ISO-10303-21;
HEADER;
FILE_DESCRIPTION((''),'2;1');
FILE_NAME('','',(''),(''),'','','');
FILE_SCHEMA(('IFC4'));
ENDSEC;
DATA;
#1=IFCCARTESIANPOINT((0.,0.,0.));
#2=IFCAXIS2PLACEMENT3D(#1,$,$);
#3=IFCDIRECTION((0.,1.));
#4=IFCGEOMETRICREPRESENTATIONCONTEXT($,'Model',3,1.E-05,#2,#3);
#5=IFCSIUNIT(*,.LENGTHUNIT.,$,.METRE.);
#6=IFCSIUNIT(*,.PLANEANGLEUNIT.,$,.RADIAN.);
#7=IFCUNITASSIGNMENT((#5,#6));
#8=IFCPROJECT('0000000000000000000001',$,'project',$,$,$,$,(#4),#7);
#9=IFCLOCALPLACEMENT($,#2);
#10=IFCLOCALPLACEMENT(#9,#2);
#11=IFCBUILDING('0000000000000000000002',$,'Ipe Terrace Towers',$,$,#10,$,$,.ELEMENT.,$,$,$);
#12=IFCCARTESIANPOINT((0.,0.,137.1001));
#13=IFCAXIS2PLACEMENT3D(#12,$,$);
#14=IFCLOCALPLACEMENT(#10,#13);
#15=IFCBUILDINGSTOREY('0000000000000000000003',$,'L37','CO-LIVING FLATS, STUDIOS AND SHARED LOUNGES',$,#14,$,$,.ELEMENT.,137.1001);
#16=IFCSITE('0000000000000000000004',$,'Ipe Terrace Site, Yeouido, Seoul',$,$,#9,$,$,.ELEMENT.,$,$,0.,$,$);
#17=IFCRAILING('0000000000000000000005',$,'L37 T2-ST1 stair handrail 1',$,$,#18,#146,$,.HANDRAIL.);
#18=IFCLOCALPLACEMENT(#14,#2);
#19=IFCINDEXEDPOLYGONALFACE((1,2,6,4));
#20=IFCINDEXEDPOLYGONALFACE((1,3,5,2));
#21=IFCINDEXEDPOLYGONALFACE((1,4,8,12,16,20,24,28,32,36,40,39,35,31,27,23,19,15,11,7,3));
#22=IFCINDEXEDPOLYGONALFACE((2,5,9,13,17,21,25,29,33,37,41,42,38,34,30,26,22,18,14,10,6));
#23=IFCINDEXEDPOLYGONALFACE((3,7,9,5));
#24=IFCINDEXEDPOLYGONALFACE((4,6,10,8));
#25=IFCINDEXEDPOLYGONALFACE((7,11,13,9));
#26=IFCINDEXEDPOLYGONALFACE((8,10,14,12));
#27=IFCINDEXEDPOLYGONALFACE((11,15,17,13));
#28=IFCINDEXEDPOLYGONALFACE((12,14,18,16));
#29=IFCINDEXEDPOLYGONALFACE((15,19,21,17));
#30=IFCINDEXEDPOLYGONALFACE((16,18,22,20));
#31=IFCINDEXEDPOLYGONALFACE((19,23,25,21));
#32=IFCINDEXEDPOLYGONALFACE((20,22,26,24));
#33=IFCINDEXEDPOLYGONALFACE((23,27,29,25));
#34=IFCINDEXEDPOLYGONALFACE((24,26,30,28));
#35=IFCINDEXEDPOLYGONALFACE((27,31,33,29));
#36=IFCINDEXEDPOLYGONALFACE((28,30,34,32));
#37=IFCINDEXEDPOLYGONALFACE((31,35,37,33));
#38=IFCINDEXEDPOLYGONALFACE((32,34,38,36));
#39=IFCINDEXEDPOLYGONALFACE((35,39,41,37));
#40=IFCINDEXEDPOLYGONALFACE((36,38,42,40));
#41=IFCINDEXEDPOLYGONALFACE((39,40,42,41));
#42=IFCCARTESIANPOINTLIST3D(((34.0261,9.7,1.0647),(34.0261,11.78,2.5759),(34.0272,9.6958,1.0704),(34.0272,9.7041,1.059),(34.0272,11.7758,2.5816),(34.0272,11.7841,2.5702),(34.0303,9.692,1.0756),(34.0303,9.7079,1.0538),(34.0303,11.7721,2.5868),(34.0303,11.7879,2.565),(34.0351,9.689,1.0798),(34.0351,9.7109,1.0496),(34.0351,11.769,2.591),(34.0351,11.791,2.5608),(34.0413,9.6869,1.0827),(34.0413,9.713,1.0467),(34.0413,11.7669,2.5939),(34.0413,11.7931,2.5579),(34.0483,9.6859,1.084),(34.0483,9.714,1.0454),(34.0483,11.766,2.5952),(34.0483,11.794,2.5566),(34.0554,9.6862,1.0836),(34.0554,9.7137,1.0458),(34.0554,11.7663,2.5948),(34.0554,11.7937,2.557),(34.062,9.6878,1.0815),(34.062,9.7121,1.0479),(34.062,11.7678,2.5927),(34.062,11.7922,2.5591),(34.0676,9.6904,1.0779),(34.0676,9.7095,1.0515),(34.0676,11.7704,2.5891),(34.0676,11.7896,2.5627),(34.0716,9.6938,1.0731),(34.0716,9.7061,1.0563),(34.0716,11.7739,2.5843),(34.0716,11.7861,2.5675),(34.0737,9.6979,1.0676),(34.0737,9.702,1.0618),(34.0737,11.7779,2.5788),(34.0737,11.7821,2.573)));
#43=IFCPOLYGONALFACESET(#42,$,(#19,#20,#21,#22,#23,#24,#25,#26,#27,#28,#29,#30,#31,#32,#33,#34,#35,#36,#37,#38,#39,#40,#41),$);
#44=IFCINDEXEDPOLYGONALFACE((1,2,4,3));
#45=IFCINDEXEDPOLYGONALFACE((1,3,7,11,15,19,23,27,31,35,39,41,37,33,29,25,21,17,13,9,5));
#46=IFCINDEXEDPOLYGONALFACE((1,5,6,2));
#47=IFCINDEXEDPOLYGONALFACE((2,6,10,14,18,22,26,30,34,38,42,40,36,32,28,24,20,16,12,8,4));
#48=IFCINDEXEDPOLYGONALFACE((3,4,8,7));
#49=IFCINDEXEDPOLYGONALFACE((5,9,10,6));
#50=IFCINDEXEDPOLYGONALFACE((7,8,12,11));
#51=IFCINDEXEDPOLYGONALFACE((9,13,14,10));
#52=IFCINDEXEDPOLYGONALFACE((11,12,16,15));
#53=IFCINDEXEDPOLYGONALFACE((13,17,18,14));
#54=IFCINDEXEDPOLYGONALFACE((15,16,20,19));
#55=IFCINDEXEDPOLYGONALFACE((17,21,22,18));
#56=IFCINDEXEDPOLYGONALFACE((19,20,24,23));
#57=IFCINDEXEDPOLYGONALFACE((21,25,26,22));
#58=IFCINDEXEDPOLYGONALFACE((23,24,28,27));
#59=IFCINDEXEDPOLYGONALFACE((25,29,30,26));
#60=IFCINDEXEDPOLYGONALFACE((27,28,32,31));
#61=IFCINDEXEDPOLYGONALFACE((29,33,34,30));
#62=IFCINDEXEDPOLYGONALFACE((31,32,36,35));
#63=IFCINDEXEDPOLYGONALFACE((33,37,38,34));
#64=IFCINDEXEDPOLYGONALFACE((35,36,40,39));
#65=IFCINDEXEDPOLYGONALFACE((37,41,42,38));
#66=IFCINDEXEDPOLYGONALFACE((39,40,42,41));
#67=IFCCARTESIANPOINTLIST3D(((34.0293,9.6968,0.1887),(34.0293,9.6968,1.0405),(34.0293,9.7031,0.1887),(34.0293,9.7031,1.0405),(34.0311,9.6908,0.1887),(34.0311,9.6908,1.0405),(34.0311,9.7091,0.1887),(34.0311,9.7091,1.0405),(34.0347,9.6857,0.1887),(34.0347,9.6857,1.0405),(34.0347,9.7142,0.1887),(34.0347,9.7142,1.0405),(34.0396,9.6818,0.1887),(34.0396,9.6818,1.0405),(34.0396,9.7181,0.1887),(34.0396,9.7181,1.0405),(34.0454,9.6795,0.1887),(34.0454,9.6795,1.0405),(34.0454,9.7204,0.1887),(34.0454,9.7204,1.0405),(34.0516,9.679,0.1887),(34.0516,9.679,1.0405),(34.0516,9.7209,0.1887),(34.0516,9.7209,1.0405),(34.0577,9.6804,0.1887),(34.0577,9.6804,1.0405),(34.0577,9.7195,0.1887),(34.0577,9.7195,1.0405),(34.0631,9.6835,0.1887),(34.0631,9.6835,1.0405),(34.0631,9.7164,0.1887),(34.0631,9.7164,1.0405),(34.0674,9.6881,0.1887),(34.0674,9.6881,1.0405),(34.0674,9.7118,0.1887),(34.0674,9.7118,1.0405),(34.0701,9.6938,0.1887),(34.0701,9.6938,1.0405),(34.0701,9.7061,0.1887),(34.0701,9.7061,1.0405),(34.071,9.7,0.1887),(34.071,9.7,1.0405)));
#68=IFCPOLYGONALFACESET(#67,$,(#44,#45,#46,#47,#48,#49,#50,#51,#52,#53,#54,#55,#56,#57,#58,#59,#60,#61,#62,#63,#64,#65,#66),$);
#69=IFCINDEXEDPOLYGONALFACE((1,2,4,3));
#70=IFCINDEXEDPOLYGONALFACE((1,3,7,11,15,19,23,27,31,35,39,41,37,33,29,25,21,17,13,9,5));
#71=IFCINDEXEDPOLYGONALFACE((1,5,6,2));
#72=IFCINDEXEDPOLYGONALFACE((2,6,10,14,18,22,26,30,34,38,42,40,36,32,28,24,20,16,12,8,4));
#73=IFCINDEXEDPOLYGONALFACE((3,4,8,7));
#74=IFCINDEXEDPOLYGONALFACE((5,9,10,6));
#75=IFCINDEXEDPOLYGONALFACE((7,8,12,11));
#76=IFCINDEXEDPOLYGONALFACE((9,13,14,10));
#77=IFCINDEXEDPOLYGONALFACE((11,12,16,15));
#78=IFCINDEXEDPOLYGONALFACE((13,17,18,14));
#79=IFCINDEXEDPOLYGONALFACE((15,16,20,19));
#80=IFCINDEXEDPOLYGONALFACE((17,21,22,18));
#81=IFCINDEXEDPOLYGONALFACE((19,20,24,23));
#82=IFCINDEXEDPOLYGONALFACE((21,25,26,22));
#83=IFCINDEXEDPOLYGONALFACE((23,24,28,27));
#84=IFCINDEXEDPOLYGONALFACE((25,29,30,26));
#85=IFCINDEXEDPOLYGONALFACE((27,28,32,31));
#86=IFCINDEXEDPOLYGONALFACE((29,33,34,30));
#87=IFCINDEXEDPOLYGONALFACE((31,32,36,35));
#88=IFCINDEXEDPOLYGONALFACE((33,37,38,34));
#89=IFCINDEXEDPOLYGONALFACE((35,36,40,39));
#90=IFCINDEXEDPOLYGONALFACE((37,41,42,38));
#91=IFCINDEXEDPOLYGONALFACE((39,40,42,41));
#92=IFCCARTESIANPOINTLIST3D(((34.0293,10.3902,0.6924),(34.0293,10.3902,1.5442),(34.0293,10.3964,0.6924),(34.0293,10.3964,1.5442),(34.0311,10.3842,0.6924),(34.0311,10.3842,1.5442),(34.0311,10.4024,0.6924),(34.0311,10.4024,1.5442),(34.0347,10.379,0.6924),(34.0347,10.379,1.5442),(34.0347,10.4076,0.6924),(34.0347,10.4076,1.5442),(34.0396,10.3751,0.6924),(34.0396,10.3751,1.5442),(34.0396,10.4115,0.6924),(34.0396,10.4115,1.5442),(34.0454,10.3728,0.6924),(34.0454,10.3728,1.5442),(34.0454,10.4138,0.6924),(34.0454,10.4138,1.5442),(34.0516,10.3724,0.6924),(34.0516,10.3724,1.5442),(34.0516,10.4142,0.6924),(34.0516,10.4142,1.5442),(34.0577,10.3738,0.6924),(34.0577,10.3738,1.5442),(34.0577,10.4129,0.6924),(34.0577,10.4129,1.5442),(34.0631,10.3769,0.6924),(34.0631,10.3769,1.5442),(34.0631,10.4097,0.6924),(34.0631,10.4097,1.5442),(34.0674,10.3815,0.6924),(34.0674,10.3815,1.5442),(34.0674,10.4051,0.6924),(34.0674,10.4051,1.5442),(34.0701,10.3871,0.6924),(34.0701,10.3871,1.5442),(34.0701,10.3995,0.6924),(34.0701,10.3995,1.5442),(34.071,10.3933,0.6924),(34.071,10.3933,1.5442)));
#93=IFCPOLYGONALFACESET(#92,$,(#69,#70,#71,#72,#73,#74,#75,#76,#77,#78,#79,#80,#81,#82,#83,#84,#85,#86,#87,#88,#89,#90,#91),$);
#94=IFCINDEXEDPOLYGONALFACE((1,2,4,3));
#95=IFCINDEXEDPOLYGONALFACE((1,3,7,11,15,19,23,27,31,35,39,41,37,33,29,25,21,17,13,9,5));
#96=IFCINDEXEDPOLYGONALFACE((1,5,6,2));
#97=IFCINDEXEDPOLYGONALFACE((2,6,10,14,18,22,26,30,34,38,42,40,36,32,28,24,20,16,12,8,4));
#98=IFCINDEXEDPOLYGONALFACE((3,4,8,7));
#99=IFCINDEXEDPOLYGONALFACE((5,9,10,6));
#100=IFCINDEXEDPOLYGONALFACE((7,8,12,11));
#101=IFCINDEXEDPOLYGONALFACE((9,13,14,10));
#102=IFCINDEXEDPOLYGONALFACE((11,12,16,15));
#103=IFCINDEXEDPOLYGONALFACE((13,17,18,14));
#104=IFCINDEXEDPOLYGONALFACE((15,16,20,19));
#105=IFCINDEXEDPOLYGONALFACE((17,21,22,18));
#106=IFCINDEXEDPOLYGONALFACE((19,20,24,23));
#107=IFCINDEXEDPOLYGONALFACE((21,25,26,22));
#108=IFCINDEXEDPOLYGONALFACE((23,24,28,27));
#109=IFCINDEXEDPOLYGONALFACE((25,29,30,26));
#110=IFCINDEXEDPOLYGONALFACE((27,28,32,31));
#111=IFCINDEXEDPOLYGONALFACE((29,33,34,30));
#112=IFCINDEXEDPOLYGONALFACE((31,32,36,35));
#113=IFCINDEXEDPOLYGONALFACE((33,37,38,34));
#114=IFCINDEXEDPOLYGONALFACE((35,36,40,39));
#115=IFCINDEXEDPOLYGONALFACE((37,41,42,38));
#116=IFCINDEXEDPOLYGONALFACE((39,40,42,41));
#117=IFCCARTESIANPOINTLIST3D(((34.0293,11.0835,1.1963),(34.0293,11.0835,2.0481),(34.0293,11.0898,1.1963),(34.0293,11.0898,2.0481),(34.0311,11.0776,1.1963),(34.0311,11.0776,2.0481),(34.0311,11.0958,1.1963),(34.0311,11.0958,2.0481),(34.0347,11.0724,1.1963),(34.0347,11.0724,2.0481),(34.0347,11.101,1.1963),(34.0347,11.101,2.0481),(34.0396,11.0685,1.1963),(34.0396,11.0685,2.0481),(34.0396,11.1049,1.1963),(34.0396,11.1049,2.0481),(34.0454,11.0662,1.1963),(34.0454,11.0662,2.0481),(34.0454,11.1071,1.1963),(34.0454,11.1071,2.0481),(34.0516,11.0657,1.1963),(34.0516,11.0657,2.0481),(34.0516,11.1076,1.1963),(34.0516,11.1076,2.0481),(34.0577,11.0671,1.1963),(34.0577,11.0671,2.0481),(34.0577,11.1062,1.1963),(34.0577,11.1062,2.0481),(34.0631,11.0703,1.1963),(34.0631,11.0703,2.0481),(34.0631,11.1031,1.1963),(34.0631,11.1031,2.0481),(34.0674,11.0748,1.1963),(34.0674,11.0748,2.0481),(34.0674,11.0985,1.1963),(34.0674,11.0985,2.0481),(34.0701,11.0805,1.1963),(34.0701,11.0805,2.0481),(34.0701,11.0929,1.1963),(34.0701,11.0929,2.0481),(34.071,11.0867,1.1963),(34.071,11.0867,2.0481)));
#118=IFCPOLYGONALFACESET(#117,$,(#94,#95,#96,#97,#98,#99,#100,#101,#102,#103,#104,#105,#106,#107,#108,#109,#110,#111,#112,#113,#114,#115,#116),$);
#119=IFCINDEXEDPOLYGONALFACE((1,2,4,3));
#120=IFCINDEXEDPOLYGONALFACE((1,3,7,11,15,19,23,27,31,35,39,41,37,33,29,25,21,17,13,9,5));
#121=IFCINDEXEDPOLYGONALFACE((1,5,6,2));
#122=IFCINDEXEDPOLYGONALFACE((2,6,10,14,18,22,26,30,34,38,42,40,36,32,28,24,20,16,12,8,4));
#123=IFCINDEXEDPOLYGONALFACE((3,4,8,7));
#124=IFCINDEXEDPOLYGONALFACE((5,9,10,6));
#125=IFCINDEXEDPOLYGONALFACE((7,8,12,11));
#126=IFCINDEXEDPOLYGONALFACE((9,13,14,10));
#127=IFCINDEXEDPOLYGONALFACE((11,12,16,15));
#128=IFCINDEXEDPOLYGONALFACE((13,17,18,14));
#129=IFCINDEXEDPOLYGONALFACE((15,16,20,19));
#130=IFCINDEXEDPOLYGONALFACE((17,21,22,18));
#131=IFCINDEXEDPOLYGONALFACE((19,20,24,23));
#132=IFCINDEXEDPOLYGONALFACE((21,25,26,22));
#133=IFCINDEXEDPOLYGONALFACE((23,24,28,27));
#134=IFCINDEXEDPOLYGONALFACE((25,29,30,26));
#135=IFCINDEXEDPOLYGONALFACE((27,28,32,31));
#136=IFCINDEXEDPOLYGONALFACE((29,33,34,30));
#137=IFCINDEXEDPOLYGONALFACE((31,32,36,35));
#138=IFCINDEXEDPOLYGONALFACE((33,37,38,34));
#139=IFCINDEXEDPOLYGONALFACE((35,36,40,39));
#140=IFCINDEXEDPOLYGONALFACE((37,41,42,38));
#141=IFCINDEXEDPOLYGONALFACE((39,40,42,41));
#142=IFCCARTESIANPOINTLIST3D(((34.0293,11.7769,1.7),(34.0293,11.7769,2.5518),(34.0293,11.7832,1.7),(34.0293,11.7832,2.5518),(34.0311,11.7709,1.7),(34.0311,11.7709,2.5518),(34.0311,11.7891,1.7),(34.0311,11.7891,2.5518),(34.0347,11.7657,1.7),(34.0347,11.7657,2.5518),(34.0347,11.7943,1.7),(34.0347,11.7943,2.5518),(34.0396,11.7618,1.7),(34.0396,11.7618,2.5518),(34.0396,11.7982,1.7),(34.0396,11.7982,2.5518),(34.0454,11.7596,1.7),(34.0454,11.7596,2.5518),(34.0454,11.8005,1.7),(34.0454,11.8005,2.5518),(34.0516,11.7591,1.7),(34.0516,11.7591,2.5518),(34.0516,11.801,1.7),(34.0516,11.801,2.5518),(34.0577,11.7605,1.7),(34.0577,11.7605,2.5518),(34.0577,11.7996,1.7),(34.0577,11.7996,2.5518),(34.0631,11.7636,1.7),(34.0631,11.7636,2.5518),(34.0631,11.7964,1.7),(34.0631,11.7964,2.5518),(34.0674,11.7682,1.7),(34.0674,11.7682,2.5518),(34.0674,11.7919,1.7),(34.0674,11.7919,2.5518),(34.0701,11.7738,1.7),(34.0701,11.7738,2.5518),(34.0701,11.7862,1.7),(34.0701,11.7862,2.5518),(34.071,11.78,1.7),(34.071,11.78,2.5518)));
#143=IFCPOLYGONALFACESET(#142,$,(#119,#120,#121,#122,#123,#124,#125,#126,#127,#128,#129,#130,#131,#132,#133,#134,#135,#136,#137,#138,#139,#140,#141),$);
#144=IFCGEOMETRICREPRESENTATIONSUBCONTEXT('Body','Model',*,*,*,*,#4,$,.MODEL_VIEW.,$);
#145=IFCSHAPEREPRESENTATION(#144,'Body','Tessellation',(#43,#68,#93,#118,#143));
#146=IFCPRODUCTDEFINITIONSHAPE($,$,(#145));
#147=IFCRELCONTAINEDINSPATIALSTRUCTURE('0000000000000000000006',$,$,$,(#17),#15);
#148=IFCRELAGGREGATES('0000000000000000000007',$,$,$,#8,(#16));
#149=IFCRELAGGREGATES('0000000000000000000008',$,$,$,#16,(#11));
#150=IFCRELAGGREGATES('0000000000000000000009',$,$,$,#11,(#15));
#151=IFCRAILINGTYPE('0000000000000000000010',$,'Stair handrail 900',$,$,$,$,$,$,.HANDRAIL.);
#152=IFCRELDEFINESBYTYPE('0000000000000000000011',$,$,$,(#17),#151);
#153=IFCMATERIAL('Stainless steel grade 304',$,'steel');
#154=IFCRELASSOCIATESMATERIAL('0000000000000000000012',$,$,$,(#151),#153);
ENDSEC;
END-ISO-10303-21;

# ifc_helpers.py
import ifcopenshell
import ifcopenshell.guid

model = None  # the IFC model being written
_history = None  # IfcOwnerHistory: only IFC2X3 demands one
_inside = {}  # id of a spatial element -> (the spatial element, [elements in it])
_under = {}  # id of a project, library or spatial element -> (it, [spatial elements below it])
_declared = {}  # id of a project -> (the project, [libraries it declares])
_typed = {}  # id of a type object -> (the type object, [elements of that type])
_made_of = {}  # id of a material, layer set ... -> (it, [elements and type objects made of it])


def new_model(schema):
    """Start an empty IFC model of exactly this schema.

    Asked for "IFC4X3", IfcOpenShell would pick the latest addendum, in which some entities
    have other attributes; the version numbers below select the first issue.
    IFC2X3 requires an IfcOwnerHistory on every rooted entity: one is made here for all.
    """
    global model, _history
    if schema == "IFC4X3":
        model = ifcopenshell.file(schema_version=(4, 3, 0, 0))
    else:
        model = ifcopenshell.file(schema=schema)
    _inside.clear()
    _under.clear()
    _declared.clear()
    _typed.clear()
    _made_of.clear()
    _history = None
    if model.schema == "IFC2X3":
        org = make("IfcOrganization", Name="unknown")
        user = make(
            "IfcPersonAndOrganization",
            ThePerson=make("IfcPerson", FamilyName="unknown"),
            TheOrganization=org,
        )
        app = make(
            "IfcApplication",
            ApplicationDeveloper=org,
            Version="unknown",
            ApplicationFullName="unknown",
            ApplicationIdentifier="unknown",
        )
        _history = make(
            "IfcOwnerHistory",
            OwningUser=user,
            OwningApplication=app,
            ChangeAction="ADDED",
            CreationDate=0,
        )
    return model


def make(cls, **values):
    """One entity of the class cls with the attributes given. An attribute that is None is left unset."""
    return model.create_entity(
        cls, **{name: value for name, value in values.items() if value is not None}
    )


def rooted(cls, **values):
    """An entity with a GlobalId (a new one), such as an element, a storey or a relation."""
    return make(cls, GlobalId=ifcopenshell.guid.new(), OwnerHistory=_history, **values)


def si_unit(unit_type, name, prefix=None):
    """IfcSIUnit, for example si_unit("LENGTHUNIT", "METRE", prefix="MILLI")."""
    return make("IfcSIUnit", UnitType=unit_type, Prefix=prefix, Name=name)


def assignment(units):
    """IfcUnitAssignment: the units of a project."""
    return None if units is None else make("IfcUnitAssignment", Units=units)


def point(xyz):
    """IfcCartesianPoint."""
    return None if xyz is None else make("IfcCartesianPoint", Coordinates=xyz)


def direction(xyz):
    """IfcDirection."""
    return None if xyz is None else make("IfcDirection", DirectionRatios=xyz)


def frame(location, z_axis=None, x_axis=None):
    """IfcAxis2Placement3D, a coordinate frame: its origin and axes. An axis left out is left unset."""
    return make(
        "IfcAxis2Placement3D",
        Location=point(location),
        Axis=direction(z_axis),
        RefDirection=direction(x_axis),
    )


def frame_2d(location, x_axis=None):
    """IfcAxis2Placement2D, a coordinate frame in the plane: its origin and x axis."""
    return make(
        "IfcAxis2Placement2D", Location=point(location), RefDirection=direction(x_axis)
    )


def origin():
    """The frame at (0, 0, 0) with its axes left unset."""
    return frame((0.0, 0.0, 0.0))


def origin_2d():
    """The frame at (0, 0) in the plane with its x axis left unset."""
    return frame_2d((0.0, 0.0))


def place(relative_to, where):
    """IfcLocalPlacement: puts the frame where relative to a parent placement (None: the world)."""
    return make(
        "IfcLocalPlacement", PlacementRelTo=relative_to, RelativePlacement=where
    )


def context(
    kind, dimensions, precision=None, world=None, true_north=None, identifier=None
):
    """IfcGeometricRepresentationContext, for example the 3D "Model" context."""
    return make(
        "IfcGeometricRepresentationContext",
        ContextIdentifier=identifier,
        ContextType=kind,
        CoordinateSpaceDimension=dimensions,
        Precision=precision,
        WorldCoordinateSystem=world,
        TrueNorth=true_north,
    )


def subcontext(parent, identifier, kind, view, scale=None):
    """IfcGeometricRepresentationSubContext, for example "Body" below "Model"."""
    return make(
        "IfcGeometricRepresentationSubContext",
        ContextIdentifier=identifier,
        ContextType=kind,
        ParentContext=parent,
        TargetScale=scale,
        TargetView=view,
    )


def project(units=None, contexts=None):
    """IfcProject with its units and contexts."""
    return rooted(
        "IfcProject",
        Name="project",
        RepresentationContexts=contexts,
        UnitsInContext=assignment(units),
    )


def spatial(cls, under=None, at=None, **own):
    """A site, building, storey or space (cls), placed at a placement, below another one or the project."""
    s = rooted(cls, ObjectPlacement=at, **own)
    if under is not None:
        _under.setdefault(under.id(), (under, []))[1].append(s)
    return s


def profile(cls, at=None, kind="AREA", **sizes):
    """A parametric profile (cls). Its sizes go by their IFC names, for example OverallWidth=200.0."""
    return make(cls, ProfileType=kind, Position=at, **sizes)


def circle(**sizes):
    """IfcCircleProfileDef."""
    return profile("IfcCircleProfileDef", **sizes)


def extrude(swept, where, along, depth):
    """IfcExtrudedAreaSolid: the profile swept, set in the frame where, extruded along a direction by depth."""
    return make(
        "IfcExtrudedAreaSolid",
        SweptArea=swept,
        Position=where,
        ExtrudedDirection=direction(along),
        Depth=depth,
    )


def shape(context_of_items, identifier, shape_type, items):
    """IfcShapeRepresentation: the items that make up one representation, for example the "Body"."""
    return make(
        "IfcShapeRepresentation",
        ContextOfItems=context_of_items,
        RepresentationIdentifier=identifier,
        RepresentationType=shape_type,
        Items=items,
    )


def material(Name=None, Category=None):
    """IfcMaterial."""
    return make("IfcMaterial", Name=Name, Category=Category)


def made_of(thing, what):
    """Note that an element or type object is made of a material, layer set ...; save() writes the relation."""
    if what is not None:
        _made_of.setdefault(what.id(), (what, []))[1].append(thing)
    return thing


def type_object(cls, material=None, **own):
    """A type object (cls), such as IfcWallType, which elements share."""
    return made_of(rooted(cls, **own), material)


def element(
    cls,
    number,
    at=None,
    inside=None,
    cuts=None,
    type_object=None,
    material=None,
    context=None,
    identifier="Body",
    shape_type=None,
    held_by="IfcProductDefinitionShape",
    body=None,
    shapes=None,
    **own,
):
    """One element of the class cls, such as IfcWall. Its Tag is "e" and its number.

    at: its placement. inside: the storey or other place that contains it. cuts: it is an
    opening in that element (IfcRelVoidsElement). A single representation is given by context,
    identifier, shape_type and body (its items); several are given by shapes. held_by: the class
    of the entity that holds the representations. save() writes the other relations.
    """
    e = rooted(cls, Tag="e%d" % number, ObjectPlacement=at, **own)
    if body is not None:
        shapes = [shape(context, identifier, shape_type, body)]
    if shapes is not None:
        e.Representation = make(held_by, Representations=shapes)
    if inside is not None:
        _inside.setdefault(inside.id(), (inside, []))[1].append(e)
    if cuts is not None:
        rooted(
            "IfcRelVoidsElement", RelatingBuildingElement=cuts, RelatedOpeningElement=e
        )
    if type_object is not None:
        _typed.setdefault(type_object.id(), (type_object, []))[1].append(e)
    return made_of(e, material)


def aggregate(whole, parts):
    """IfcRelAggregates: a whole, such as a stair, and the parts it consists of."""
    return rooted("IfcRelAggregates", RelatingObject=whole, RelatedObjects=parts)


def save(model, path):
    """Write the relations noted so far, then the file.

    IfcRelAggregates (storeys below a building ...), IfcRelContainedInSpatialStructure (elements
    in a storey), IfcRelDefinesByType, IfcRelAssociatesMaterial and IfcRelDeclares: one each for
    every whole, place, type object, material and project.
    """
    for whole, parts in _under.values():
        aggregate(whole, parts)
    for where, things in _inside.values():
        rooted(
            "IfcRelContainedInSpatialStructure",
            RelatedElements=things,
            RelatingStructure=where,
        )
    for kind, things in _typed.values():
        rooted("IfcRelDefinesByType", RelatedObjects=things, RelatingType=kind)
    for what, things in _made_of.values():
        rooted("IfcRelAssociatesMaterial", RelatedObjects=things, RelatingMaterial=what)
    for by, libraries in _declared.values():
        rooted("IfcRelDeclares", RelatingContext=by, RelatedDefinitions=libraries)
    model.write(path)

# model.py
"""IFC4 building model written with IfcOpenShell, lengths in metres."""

from ifc_helpers import new_model, si_unit, direction, frame, origin, origin_2d, place, context, subcontext, project, spatial, circle, extrude, material, type_object, element, save


model = new_model("IFC4")

# Units and contexts
model_context = context("Model", 3, precision=1e-05, world=origin(), true_north=direction((0.0, 1.0)))
body_context = subcontext(model_context, "Body", "Model", "MODEL_VIEW")
ifc_project = project(units=[si_unit("LENGTHUNIT", "METRE"), si_unit("PLANEANGLEUNIT", "RADIAN")], contexts=[model_context])

# Site, building, storey
site_placement = place(None, origin())
site = spatial("IfcSite", under=ifc_project, at=site_placement, Name="Ipe Terrace Site, Yeouido, Seoul", CompositionType="ELEMENT", RefElevation=0.0)
building_placement = place(site_placement, origin())
building = spatial("IfcBuilding", under=site, at=building_placement, Name="Ipe Terrace Towers", CompositionType="ELEMENT")
storey_placement = place(building_placement, frame((0.0, 0.0, 137.1001)))
storey = spatial("IfcBuildingStorey", under=building, at=storey_placement, Name="L37", Description="CO-LIVING FLATS, STUDIOS AND SHARED LOUNGES", CompositionType="ELEMENT", Elevation=137.1001)

# Railing
ifc_material_1 = material(Name="Stainless steel grade 304", Category="steel")
railing_type_1 = type_object("IfcRailingType", Name="Stair handrail 900", PredefinedType="HANDRAIL", material=ifc_material_1)
railing_1_placement = place(storey_placement, frame((34.05, 9.7, 0.1887)))
element("IfcRailing", 1, at=railing_1_placement, inside=storey, type_object=railing_type_1, Name="L37 T2-ST1 stair handrail 1", PredefinedType="HANDRAIL", context=body_context, shape_type="SweptSolid", body=[
    extrude(circle(Radius=0.0239, at=origin_2d()), frame((0.0, 0.0, 0.876), z_axis=(0.0, 0.809023, 0.587776), x_axis=(-1.0, 0.0, 0.0)), (0.0, 0.0, 1.0), 2.571),
    extrude(circle(Radius=0.021, at=origin_2d()), origin(), (0.0, 0.0, 1.0), 0.8518),
    extrude(circle(Radius=0.021, at=origin_2d()), frame((0.0, 0.6934, 0.5037)), (0.0, 0.0, 1.0), 0.8518),
    extrude(circle(Radius=0.021, at=origin_2d()), frame((0.0, 1.3867, 1.0076)), (0.0, 0.0, 1.0), 0.8518),
    extrude(circle(Radius=0.021, at=origin_2d()), frame((0.0, 2.0801, 1.5112)), (0.0, 0.0, 1.0), 0.8518),
])

save(model, "model.ifc")
